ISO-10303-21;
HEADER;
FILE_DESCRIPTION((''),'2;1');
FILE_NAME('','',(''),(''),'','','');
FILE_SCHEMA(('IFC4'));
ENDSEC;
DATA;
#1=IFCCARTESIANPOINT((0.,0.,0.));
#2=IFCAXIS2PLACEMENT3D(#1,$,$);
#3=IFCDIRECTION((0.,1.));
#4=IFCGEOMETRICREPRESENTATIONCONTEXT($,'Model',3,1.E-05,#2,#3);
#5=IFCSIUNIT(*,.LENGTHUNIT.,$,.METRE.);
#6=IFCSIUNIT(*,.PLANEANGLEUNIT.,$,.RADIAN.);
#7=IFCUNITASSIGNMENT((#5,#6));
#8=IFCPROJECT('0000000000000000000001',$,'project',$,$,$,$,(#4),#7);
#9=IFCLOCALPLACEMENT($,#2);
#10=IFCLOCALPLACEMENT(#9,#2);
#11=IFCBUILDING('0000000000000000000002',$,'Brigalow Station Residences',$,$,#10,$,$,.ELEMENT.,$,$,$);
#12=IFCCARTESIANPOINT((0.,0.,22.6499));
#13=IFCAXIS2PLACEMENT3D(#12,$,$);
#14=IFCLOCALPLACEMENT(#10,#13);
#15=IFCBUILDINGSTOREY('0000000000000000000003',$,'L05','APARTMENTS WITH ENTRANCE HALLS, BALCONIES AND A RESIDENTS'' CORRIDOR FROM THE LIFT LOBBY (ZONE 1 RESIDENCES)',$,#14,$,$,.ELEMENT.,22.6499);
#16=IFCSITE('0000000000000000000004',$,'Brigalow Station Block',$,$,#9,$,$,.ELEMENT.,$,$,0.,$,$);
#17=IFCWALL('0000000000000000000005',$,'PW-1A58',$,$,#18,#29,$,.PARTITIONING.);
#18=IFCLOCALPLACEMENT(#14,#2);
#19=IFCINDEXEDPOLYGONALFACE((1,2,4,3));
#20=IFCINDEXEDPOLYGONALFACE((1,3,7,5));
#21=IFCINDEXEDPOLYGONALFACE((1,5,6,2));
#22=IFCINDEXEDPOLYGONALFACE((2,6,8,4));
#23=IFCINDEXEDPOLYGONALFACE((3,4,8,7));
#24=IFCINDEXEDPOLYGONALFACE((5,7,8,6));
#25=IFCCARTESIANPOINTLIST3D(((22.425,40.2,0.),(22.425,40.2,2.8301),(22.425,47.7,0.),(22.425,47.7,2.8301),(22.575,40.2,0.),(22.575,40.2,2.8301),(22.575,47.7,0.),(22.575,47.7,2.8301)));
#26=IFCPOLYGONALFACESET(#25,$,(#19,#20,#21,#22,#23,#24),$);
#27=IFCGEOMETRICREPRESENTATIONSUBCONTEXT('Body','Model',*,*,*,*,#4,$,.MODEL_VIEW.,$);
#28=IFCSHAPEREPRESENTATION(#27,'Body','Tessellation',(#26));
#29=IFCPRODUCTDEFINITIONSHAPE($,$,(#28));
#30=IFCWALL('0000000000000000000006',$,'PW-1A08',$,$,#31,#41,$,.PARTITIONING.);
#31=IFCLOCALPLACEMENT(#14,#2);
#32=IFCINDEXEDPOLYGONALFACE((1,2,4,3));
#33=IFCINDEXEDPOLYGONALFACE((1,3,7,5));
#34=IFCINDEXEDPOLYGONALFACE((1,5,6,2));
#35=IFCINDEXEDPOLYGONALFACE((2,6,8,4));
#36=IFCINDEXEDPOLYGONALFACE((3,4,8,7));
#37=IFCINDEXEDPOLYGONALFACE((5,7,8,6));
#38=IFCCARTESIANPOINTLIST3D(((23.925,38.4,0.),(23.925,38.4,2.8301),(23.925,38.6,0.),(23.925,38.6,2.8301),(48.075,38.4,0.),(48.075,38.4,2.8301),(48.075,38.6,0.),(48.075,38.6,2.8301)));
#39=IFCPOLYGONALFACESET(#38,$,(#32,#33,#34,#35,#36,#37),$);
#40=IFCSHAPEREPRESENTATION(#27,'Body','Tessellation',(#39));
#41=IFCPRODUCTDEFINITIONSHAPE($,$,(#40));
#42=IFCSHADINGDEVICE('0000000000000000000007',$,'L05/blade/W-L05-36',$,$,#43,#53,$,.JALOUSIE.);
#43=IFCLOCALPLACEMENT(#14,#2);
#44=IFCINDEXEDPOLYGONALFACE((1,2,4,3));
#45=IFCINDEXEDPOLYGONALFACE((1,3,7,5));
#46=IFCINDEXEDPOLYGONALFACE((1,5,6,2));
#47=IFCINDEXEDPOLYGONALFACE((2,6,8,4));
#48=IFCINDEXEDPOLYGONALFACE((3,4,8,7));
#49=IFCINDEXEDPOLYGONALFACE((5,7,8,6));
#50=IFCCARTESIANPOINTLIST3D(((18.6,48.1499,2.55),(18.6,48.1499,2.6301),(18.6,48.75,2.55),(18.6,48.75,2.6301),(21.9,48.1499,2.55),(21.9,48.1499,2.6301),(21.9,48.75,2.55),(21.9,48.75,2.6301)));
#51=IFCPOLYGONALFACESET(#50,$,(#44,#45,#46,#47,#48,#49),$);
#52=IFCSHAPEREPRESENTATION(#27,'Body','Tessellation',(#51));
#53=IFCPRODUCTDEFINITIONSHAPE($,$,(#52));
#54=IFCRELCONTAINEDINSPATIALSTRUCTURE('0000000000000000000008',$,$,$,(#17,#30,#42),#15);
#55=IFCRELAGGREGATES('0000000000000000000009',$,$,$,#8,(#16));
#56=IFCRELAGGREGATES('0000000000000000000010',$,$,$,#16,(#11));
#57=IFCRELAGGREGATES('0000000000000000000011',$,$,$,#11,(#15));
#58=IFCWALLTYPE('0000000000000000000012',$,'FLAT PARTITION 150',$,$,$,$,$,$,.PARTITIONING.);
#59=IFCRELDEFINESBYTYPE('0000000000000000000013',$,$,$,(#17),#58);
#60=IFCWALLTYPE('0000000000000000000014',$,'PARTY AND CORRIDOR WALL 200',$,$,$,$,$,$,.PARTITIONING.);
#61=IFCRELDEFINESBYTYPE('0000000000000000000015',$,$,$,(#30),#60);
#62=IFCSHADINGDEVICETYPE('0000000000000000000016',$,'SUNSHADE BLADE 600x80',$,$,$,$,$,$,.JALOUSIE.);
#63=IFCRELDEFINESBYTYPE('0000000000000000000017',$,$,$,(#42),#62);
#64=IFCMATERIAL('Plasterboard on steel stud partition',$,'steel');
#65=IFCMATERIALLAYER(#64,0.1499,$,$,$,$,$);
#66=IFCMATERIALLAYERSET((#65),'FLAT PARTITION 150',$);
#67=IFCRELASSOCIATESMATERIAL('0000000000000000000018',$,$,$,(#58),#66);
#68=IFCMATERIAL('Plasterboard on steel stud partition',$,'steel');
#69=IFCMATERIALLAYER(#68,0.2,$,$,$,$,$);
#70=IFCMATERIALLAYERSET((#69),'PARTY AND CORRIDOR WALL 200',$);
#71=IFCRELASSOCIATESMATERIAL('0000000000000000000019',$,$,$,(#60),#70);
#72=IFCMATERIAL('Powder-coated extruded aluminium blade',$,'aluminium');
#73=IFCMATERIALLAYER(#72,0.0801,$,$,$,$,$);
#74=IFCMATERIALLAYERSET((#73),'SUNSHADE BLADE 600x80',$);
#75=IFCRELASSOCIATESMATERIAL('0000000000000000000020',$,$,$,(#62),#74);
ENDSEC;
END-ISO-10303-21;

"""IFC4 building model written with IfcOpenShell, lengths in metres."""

from ifc_helpers import new_model, si_unit, direction, frame, frame_2d, origin, origin_2d, place, context, subcontext, project, spatial, rectangle, extrude, material, layer, layer_set, type_object, element, save


model = new_model("IFC4")

# Units and contexts
model_context = context("Model", 3, precision=1e-05, world=origin(), true_north=direction((0.0, 1.0)))
body_context = subcontext(model_context, "Body", "Model", "MODEL_VIEW")
ifc_project = project(units=[si_unit("LENGTHUNIT", "METRE"), si_unit("PLANEANGLEUNIT", "RADIAN")], contexts=[model_context])

# Site, building, storey
site_placement = place(None, origin())
site = spatial("IfcSite", under=ifc_project, at=site_placement, Name="Brigalow Station Block", CompositionType="ELEMENT", RefElevation=0.0)
building_placement = place(site_placement, origin())
building = spatial("IfcBuilding", under=site, at=building_placement, Name="Brigalow Station Residences", CompositionType="ELEMENT")
storey_placement = place(building_placement, frame((0.0, 0.0, 22.6499)))
storey = spatial("IfcBuildingStorey", under=building, at=storey_placement, Name="L05", Description="APARTMENTS WITH ENTRANCE HALLS, BALCONIES AND A RESIDENTS' CORRIDOR FROM THE LIFT LOBBY (ZONE 1 RESIDENCES)", CompositionType="ELEMENT", Elevation=22.6499)

# Shared definitions
ifc_material_1 = material(Name="Plasterboard on steel stud partition", Category="steel")
ifc_layer_1 = layer(ifc_material_1, 0.1499)
ifc_layer_set_1 = layer_set([ifc_layer_1], Name="FLAT PARTITION 150")
wall_type_1 = type_object("IfcWallType", Name="FLAT PARTITION 150", PredefinedType="PARTITIONING", material=ifc_layer_set_1)

# Walls
wall_1_placement = place(storey_placement, frame((22.5, 40.2, 0.0), z_axis=(0.0, 0.0, 1.0), x_axis=(0.0, 1.0, 0.0)))
element("IfcWall", 1, at=wall_1_placement, inside=storey, type_object=wall_type_1, Name="PW-1A58", PredefinedType="PARTITIONING", context=body_context, shape_type="SweptSolid", body=[
    extrude(rectangle(XDim=7.5, YDim=0.1499, at=frame_2d((3.75, 0.0))), origin(), (0.0, 0.0, 1.0), 2.8301),
])
ifc_material_2 = material(Name="Plasterboard on steel stud partition", Category="steel")
ifc_layer_2 = layer(ifc_material_2, 0.2)
ifc_layer_set_2 = layer_set([ifc_layer_2], Name="PARTY AND CORRIDOR WALL 200")
wall_type_2 = type_object("IfcWallType", Name="PARTY AND CORRIDOR WALL 200", PredefinedType="PARTITIONING", material=ifc_layer_set_2)
wall_2_placement = place(storey_placement, frame((23.925, 38.5, 0.0), z_axis=(0.0, 0.0, 1.0), x_axis=(1.0, 0.0, 0.0)))
element("IfcWall", 2, at=wall_2_placement, inside=storey, type_object=wall_type_2, Name="PW-1A08", PredefinedType="PARTITIONING", context=body_context, shape_type="SweptSolid", body=[
    extrude(rectangle(XDim=24.1499, YDim=0.2, at=frame_2d((12.075, 0.0))), origin(), (0.0, 0.0, 1.0), 2.8301),
])

# Shading device
ifc_material_3 = material(Name="Powder-coated extruded aluminium blade", Category="aluminium")
ifc_layer_3 = layer(ifc_material_3, 0.0801)
ifc_layer_set_3 = layer_set([ifc_layer_3], Name="SUNSHADE BLADE 600x80")
shading_device_type = type_object("IfcShadingDeviceType", Name="SUNSHADE BLADE 600x80", PredefinedType="JALOUSIE", material=ifc_layer_set_3)
shading_device_placement = place(storey_placement, frame((20.25, 48.45, 2.55), z_axis=(0.0, 0.0, 1.0), x_axis=(-1.0, 0.0, 0.0)))
element("IfcShadingDevice", 3, at=shading_device_placement, inside=storey, type_object=shading_device_type, Name="L05/blade/W-L05-36", PredefinedType="JALOUSIE", context=body_context, shape_type="SweptSolid", body=[
    extrude(rectangle(XDim=3.3, YDim=0.6001, at=origin_2d()), origin(), (0.0, 0.0, 1.0), 0.0801),
])

save(model, "model.ifc")
